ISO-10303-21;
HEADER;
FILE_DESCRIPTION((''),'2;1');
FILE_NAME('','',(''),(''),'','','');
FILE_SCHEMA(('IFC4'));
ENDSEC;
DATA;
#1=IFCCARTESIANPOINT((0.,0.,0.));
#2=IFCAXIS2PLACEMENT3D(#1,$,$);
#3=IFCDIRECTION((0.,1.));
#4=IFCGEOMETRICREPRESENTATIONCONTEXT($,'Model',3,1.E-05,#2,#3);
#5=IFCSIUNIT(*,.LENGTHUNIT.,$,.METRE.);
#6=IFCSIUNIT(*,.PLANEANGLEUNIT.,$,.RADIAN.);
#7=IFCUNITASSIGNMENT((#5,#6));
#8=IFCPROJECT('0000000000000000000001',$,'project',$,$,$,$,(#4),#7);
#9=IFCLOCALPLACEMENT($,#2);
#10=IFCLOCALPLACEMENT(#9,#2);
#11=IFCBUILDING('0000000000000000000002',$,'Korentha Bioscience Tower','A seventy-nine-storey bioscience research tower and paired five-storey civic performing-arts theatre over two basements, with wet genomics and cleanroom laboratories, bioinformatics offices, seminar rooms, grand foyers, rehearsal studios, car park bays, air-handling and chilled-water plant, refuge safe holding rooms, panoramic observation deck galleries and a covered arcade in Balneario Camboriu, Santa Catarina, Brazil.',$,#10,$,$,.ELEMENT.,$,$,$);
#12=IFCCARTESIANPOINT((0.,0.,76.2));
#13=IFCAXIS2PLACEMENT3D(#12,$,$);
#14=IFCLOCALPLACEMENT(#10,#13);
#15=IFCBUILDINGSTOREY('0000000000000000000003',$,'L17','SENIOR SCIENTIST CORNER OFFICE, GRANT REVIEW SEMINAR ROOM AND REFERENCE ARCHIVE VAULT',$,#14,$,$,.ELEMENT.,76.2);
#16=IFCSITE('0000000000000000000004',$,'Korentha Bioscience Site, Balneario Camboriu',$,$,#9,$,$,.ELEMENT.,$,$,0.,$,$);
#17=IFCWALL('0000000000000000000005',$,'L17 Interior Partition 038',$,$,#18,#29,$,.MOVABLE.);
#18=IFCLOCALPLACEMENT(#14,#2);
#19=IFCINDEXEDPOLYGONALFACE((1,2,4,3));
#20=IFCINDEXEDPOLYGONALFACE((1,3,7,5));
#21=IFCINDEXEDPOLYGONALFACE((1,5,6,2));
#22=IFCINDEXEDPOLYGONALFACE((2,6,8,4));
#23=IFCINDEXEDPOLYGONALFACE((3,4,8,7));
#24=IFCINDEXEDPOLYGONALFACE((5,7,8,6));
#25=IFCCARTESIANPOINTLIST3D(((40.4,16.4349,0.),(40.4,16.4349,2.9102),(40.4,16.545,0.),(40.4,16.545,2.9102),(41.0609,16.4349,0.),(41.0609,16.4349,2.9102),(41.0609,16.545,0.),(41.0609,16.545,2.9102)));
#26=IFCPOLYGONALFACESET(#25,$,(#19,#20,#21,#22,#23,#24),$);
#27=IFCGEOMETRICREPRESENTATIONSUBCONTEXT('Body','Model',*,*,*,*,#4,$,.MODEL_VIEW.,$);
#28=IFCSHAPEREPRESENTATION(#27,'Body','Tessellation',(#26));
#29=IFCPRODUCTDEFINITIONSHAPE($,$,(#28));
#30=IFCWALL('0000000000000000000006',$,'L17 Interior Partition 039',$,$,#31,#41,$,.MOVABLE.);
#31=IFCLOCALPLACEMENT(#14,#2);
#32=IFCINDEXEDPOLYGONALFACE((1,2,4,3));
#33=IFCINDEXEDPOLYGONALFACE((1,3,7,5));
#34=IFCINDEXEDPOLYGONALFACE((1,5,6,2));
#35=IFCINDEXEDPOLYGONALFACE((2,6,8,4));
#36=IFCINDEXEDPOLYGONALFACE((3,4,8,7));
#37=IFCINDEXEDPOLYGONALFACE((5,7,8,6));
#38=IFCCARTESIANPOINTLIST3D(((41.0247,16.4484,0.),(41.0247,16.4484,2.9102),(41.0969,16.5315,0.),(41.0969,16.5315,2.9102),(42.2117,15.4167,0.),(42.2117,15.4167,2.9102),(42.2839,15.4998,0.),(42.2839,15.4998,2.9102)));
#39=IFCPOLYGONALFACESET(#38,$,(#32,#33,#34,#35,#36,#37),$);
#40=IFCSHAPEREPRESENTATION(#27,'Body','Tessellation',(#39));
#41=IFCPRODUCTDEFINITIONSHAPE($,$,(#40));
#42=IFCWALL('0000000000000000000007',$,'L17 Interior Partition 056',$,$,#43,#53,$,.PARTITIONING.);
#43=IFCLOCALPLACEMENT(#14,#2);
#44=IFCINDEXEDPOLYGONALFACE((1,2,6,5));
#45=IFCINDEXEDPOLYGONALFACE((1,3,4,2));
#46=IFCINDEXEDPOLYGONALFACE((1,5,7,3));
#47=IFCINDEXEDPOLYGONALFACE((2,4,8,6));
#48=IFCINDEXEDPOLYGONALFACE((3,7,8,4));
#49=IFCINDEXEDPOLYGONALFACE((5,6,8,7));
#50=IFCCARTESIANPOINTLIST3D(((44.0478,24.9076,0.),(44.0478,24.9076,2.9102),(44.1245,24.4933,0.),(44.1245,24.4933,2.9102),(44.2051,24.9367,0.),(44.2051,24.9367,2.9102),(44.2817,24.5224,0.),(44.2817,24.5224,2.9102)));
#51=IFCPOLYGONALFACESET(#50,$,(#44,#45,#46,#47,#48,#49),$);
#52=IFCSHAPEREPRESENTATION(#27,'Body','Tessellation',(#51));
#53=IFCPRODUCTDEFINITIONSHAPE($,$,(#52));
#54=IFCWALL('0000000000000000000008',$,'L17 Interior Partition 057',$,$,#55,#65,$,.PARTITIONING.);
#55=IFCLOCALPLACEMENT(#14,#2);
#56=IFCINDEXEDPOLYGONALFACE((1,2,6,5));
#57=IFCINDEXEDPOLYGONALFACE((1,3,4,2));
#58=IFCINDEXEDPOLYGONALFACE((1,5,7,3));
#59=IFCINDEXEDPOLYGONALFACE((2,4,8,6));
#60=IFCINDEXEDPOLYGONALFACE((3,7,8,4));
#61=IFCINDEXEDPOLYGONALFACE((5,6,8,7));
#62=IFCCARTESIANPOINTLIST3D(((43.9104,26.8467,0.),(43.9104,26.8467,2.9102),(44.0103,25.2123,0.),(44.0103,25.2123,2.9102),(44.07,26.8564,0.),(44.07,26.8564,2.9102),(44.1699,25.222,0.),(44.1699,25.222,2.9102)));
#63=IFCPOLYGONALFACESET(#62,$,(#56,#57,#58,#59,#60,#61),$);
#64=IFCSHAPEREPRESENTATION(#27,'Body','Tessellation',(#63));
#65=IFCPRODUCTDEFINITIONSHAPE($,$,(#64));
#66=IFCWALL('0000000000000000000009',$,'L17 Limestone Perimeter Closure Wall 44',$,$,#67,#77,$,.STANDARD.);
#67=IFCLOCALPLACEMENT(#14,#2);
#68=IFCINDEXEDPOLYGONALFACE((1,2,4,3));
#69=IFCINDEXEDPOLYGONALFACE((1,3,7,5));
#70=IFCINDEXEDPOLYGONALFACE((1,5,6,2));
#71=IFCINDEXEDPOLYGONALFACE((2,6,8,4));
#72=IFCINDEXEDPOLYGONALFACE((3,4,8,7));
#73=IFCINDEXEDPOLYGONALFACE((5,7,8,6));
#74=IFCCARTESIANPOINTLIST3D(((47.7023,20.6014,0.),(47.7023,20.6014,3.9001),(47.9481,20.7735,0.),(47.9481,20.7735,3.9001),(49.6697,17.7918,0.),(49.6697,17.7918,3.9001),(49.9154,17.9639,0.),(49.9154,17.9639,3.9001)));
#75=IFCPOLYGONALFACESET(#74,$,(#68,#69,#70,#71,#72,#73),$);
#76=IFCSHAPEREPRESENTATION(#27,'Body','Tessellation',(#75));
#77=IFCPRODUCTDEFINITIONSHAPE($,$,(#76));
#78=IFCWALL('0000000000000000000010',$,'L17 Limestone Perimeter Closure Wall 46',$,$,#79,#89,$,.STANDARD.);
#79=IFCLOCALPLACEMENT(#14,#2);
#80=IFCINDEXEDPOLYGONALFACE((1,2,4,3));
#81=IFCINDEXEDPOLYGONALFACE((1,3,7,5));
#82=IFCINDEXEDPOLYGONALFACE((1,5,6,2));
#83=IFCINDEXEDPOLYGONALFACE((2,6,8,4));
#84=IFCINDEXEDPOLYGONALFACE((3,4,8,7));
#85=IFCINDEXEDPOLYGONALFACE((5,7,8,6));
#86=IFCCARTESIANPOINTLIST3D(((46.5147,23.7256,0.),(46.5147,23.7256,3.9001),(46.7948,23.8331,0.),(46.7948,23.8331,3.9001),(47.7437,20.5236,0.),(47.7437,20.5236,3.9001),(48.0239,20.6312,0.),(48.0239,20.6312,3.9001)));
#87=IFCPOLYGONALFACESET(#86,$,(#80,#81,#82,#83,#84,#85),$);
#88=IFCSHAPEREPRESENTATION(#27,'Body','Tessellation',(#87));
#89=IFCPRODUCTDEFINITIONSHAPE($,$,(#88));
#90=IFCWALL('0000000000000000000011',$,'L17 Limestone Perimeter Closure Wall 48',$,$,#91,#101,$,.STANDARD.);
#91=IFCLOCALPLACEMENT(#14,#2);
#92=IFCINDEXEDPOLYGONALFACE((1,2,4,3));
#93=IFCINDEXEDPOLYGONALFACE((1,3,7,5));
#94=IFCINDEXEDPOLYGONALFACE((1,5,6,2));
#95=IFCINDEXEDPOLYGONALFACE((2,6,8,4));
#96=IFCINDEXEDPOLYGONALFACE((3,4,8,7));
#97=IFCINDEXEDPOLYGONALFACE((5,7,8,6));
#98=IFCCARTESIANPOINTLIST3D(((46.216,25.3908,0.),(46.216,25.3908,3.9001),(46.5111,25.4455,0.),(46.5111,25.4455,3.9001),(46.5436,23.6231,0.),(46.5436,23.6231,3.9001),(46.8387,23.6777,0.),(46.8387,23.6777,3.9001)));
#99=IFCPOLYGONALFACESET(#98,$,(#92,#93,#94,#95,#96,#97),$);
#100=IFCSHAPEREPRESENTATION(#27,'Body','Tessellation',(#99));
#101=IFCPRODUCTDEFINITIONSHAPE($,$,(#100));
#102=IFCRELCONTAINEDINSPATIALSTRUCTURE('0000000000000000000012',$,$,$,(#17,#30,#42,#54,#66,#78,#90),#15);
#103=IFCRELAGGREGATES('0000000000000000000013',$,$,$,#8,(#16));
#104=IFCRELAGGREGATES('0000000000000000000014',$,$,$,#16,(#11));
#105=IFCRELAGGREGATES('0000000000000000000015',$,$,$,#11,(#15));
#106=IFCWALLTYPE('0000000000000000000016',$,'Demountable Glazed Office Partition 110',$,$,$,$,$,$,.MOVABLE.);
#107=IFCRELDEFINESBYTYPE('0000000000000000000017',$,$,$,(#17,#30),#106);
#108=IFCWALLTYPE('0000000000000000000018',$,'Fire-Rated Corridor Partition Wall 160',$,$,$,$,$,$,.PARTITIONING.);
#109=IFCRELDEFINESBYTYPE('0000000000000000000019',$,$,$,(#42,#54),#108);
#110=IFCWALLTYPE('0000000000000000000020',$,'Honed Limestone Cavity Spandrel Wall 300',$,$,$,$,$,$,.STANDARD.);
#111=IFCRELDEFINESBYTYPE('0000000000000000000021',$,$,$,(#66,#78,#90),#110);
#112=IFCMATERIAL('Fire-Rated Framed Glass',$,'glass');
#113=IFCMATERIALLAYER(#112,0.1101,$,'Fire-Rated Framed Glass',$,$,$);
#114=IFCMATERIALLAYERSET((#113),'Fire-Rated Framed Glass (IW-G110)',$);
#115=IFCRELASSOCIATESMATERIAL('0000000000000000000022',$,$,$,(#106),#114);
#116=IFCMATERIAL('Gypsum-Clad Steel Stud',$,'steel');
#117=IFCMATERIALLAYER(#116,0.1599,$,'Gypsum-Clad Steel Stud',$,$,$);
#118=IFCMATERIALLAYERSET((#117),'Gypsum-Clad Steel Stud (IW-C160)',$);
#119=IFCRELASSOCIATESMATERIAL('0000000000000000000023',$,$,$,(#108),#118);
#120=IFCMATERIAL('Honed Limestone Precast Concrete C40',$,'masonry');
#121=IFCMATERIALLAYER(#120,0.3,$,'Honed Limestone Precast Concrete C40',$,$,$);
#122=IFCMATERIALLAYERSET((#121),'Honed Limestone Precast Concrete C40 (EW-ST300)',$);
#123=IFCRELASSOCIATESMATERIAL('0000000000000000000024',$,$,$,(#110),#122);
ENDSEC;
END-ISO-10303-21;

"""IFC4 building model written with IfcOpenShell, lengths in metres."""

from ifc_helpers import new_model, si_unit, direction, frame, frame_2d, origin, place, context, subcontext, project, spatial, rectangle, extrude, material, layer, layer_set, type_object, element, save


model = new_model("IFC4")

# Units and contexts
model_context = context("Model", 3, precision=1e-05, world=origin(), true_north=direction((0.0, 1.0)))
body_context = subcontext(model_context, "Body", "Model", "MODEL_VIEW")
ifc_project = project(units=[si_unit("LENGTHUNIT", "METRE"), si_unit("PLANEANGLEUNIT", "RADIAN")], contexts=[model_context])

# Site, building, storey
site_placement = place(None, origin())
site = spatial("IfcSite", under=ifc_project, at=site_placement, Name="Korentha Bioscience Site, Balneario Camboriu", CompositionType="ELEMENT", RefElevation=0.0)
building_placement = place(site_placement, origin())
building = spatial("IfcBuilding", under=site, at=building_placement, Name="Korentha Bioscience Tower", Description="A seventy-nine-storey bioscience research tower and paired five-storey civic performing-arts theatre over two basements, with wet genomics and cleanroom laboratories, bioinformatics offices, seminar rooms, grand foyers, rehearsal studios, car park bays, air-handling and chilled-water plant, refuge safe holding rooms, panoramic observation deck galleries and a covered arcade in Balneario Camboriu, Santa Catarina, Brazil.", CompositionType="ELEMENT")
storey_placement = place(building_placement, frame((0.0, 0.0, 76.2)))
storey = spatial("IfcBuildingStorey", under=building, at=storey_placement, Name="L17", Description="SENIOR SCIENTIST CORNER OFFICE, GRANT REVIEW SEMINAR ROOM AND REFERENCE ARCHIVE VAULT", CompositionType="ELEMENT", Elevation=76.2)

# Walls
ifc_material_1 = material(Name="Fire-Rated Framed Glass", Category="glass")
ifc_layer_1 = layer(ifc_material_1, 0.1101, Name="Fire-Rated Framed Glass")
ifc_layer_set_1 = layer_set([ifc_layer_1], Name="Fire-Rated Framed Glass (IW-G110)")
wall_type_1 = type_object("IfcWallType", Name="Demountable Glazed Office Partition 110", PredefinedType="MOVABLE", material=ifc_layer_set_1)
wall_1_placement = place(storey_placement, frame((40.3999, 16.49, 0.0), z_axis=(0.0, 0.0, 1.0), x_axis=(1.0, 0.0, 0.0)))
element("IfcWall", 1, at=wall_1_placement, inside=storey, type_object=wall_type_1, Name="L17 Interior Partition 038", PredefinedType="MOVABLE", context=body_context, shape_type="SweptSolid", body=[
    extrude(rectangle(XDim=0.6609, YDim=0.1101, at=frame_2d((0.3306, 0.0))), origin(), (0.0, 0.0, 1.0), 2.9102),
])
wall_2_placement = place(storey_placement, frame((41.0608, 16.49, 0.0), z_axis=(0.0, 0.0, 1.0), x_axis=(0.754746, -0.656017, 0.0)))
element("IfcWall", 2, at=wall_2_placement, inside=storey, type_object=wall_type_1, Name="L17 Interior Partition 039", PredefinedType="MOVABLE", context=body_context, shape_type="SweptSolid", body=[
    extrude(rectangle(XDim=1.5728, YDim=0.1101, at=frame_2d((0.7864, 0.0))), origin(), (0.0, 0.0, 1.0), 2.9102),
])
ifc_material_2 = material(Name="Gypsum-Clad Steel Stud", Category="steel")
ifc_layer_2 = layer(ifc_material_2, 0.1599, Name="Gypsum-Clad Steel Stud")
ifc_layer_set_2 = layer_set([ifc_layer_2], Name="Gypsum-Clad Steel Stud (IW-C160)")
wall_type_2 = type_object("IfcWallType", Name="Fire-Rated Corridor Partition Wall 160", PredefinedType="PARTITIONING", material=ifc_layer_set_2)
wall_3_placement = place(storey_placement, frame((44.2031, 24.5078, 0.0), z_axis=(0.0, 0.0, 1.0), x_axis=(-0.181944, 0.983309, 0.0)))
element("IfcWall", 3, at=wall_3_placement, inside=storey, type_object=wall_type_2, Name="L17 Interior Partition 056", PredefinedType="PARTITIONING", context=body_context, shape_type="SweptSolid", body=[
    extrude(rectangle(XDim=0.4214, YDim=0.1599, at=frame_2d((0.2107, 0.0))), origin(), (0.0, 0.0, 1.0), 2.9102),
])
wall_4_placement = place(storey_placement, frame((44.0901, 25.217, 0.0), z_axis=(0.0, 0.0, 1.0), x_axis=(-0.060977, 0.998139, 0.0)))
element("IfcWall", 4, at=wall_4_placement, inside=storey, type_object=wall_type_2, Name="L17 Interior Partition 057", PredefinedType="PARTITIONING", context=body_context, shape_type="SweptSolid", body=[
    extrude(rectangle(XDim=1.6375, YDim=0.1599, at=frame_2d((0.8188, 0.0))), origin(), (0.0, 0.0, 1.0), 2.9102),
])
ifc_material_3 = material(Name="Honed Limestone Precast Concrete C40", Category="masonry")
ifc_layer_3 = layer(ifc_material_3, 0.3, Name="Honed Limestone Precast Concrete C40")
ifc_layer_set_3 = layer_set([ifc_layer_3], Name="Honed Limestone Precast Concrete C40 (EW-ST300)")
wall_type_3 = type_object("IfcWallType", Name="Honed Limestone Cavity Spandrel Wall 300", PredefinedType="STANDARD", material=ifc_layer_set_3)
wall_5_placement = place(storey_placement, frame((49.7925, 17.8779, 0.0), z_axis=(0.0, 0.0, 1.0), x_axis=(-0.573577, 0.819152, 0.0)))
element("IfcWall", 5, at=wall_5_placement, inside=storey, type_object=wall_type_3, Name="L17 Limestone Perimeter Closure Wall 44", PredefinedType="STANDARD", context=body_context, shape_type="SweptSolid", body=[
    extrude(rectangle(XDim=3.4299, YDim=0.3, at=frame_2d((1.7148, 0.0))), origin(), (0.0, 0.0, 1.0), 3.9001),
])
wall_6_placement = place(storey_placement, frame((47.8838, 20.5774, 0.0), z_axis=(0.0, 0.0, 1.0), x_axis=(-0.358345, 0.933589, 0.0)))
element("IfcWall", 6, at=wall_6_placement, inside=storey, type_object=wall_type_3, Name="L17 Limestone Perimeter Closure Wall 46", PredefinedType="STANDARD", context=body_context, shape_type="SweptSolid", body=[
    extrude(rectangle(XDim=3.4297, YDim=0.3, at=frame_2d((1.7148, 0.0))), origin(), (0.0, 0.0, 1.0), 3.9001),
])
wall_7_placement = place(storey_placement, frame((46.6912, 23.6504, 0.0), z_axis=(0.0, 0.0, 1.0), x_axis=(-0.18223, 0.983256, 0.0)))
element("IfcWall", 7, at=wall_7_placement, inside=storey, type_object=wall_type_3, Name="L17 Limestone Perimeter Closure Wall 48", PredefinedType="STANDARD", context=body_context, shape_type="SweptSolid", body=[
    extrude(rectangle(XDim=1.7979, YDim=0.3, at=frame_2d((0.8989, 0.0))), origin(), (0.0, 0.0, 1.0), 3.9001),
])

save(model, "model.ifc")
